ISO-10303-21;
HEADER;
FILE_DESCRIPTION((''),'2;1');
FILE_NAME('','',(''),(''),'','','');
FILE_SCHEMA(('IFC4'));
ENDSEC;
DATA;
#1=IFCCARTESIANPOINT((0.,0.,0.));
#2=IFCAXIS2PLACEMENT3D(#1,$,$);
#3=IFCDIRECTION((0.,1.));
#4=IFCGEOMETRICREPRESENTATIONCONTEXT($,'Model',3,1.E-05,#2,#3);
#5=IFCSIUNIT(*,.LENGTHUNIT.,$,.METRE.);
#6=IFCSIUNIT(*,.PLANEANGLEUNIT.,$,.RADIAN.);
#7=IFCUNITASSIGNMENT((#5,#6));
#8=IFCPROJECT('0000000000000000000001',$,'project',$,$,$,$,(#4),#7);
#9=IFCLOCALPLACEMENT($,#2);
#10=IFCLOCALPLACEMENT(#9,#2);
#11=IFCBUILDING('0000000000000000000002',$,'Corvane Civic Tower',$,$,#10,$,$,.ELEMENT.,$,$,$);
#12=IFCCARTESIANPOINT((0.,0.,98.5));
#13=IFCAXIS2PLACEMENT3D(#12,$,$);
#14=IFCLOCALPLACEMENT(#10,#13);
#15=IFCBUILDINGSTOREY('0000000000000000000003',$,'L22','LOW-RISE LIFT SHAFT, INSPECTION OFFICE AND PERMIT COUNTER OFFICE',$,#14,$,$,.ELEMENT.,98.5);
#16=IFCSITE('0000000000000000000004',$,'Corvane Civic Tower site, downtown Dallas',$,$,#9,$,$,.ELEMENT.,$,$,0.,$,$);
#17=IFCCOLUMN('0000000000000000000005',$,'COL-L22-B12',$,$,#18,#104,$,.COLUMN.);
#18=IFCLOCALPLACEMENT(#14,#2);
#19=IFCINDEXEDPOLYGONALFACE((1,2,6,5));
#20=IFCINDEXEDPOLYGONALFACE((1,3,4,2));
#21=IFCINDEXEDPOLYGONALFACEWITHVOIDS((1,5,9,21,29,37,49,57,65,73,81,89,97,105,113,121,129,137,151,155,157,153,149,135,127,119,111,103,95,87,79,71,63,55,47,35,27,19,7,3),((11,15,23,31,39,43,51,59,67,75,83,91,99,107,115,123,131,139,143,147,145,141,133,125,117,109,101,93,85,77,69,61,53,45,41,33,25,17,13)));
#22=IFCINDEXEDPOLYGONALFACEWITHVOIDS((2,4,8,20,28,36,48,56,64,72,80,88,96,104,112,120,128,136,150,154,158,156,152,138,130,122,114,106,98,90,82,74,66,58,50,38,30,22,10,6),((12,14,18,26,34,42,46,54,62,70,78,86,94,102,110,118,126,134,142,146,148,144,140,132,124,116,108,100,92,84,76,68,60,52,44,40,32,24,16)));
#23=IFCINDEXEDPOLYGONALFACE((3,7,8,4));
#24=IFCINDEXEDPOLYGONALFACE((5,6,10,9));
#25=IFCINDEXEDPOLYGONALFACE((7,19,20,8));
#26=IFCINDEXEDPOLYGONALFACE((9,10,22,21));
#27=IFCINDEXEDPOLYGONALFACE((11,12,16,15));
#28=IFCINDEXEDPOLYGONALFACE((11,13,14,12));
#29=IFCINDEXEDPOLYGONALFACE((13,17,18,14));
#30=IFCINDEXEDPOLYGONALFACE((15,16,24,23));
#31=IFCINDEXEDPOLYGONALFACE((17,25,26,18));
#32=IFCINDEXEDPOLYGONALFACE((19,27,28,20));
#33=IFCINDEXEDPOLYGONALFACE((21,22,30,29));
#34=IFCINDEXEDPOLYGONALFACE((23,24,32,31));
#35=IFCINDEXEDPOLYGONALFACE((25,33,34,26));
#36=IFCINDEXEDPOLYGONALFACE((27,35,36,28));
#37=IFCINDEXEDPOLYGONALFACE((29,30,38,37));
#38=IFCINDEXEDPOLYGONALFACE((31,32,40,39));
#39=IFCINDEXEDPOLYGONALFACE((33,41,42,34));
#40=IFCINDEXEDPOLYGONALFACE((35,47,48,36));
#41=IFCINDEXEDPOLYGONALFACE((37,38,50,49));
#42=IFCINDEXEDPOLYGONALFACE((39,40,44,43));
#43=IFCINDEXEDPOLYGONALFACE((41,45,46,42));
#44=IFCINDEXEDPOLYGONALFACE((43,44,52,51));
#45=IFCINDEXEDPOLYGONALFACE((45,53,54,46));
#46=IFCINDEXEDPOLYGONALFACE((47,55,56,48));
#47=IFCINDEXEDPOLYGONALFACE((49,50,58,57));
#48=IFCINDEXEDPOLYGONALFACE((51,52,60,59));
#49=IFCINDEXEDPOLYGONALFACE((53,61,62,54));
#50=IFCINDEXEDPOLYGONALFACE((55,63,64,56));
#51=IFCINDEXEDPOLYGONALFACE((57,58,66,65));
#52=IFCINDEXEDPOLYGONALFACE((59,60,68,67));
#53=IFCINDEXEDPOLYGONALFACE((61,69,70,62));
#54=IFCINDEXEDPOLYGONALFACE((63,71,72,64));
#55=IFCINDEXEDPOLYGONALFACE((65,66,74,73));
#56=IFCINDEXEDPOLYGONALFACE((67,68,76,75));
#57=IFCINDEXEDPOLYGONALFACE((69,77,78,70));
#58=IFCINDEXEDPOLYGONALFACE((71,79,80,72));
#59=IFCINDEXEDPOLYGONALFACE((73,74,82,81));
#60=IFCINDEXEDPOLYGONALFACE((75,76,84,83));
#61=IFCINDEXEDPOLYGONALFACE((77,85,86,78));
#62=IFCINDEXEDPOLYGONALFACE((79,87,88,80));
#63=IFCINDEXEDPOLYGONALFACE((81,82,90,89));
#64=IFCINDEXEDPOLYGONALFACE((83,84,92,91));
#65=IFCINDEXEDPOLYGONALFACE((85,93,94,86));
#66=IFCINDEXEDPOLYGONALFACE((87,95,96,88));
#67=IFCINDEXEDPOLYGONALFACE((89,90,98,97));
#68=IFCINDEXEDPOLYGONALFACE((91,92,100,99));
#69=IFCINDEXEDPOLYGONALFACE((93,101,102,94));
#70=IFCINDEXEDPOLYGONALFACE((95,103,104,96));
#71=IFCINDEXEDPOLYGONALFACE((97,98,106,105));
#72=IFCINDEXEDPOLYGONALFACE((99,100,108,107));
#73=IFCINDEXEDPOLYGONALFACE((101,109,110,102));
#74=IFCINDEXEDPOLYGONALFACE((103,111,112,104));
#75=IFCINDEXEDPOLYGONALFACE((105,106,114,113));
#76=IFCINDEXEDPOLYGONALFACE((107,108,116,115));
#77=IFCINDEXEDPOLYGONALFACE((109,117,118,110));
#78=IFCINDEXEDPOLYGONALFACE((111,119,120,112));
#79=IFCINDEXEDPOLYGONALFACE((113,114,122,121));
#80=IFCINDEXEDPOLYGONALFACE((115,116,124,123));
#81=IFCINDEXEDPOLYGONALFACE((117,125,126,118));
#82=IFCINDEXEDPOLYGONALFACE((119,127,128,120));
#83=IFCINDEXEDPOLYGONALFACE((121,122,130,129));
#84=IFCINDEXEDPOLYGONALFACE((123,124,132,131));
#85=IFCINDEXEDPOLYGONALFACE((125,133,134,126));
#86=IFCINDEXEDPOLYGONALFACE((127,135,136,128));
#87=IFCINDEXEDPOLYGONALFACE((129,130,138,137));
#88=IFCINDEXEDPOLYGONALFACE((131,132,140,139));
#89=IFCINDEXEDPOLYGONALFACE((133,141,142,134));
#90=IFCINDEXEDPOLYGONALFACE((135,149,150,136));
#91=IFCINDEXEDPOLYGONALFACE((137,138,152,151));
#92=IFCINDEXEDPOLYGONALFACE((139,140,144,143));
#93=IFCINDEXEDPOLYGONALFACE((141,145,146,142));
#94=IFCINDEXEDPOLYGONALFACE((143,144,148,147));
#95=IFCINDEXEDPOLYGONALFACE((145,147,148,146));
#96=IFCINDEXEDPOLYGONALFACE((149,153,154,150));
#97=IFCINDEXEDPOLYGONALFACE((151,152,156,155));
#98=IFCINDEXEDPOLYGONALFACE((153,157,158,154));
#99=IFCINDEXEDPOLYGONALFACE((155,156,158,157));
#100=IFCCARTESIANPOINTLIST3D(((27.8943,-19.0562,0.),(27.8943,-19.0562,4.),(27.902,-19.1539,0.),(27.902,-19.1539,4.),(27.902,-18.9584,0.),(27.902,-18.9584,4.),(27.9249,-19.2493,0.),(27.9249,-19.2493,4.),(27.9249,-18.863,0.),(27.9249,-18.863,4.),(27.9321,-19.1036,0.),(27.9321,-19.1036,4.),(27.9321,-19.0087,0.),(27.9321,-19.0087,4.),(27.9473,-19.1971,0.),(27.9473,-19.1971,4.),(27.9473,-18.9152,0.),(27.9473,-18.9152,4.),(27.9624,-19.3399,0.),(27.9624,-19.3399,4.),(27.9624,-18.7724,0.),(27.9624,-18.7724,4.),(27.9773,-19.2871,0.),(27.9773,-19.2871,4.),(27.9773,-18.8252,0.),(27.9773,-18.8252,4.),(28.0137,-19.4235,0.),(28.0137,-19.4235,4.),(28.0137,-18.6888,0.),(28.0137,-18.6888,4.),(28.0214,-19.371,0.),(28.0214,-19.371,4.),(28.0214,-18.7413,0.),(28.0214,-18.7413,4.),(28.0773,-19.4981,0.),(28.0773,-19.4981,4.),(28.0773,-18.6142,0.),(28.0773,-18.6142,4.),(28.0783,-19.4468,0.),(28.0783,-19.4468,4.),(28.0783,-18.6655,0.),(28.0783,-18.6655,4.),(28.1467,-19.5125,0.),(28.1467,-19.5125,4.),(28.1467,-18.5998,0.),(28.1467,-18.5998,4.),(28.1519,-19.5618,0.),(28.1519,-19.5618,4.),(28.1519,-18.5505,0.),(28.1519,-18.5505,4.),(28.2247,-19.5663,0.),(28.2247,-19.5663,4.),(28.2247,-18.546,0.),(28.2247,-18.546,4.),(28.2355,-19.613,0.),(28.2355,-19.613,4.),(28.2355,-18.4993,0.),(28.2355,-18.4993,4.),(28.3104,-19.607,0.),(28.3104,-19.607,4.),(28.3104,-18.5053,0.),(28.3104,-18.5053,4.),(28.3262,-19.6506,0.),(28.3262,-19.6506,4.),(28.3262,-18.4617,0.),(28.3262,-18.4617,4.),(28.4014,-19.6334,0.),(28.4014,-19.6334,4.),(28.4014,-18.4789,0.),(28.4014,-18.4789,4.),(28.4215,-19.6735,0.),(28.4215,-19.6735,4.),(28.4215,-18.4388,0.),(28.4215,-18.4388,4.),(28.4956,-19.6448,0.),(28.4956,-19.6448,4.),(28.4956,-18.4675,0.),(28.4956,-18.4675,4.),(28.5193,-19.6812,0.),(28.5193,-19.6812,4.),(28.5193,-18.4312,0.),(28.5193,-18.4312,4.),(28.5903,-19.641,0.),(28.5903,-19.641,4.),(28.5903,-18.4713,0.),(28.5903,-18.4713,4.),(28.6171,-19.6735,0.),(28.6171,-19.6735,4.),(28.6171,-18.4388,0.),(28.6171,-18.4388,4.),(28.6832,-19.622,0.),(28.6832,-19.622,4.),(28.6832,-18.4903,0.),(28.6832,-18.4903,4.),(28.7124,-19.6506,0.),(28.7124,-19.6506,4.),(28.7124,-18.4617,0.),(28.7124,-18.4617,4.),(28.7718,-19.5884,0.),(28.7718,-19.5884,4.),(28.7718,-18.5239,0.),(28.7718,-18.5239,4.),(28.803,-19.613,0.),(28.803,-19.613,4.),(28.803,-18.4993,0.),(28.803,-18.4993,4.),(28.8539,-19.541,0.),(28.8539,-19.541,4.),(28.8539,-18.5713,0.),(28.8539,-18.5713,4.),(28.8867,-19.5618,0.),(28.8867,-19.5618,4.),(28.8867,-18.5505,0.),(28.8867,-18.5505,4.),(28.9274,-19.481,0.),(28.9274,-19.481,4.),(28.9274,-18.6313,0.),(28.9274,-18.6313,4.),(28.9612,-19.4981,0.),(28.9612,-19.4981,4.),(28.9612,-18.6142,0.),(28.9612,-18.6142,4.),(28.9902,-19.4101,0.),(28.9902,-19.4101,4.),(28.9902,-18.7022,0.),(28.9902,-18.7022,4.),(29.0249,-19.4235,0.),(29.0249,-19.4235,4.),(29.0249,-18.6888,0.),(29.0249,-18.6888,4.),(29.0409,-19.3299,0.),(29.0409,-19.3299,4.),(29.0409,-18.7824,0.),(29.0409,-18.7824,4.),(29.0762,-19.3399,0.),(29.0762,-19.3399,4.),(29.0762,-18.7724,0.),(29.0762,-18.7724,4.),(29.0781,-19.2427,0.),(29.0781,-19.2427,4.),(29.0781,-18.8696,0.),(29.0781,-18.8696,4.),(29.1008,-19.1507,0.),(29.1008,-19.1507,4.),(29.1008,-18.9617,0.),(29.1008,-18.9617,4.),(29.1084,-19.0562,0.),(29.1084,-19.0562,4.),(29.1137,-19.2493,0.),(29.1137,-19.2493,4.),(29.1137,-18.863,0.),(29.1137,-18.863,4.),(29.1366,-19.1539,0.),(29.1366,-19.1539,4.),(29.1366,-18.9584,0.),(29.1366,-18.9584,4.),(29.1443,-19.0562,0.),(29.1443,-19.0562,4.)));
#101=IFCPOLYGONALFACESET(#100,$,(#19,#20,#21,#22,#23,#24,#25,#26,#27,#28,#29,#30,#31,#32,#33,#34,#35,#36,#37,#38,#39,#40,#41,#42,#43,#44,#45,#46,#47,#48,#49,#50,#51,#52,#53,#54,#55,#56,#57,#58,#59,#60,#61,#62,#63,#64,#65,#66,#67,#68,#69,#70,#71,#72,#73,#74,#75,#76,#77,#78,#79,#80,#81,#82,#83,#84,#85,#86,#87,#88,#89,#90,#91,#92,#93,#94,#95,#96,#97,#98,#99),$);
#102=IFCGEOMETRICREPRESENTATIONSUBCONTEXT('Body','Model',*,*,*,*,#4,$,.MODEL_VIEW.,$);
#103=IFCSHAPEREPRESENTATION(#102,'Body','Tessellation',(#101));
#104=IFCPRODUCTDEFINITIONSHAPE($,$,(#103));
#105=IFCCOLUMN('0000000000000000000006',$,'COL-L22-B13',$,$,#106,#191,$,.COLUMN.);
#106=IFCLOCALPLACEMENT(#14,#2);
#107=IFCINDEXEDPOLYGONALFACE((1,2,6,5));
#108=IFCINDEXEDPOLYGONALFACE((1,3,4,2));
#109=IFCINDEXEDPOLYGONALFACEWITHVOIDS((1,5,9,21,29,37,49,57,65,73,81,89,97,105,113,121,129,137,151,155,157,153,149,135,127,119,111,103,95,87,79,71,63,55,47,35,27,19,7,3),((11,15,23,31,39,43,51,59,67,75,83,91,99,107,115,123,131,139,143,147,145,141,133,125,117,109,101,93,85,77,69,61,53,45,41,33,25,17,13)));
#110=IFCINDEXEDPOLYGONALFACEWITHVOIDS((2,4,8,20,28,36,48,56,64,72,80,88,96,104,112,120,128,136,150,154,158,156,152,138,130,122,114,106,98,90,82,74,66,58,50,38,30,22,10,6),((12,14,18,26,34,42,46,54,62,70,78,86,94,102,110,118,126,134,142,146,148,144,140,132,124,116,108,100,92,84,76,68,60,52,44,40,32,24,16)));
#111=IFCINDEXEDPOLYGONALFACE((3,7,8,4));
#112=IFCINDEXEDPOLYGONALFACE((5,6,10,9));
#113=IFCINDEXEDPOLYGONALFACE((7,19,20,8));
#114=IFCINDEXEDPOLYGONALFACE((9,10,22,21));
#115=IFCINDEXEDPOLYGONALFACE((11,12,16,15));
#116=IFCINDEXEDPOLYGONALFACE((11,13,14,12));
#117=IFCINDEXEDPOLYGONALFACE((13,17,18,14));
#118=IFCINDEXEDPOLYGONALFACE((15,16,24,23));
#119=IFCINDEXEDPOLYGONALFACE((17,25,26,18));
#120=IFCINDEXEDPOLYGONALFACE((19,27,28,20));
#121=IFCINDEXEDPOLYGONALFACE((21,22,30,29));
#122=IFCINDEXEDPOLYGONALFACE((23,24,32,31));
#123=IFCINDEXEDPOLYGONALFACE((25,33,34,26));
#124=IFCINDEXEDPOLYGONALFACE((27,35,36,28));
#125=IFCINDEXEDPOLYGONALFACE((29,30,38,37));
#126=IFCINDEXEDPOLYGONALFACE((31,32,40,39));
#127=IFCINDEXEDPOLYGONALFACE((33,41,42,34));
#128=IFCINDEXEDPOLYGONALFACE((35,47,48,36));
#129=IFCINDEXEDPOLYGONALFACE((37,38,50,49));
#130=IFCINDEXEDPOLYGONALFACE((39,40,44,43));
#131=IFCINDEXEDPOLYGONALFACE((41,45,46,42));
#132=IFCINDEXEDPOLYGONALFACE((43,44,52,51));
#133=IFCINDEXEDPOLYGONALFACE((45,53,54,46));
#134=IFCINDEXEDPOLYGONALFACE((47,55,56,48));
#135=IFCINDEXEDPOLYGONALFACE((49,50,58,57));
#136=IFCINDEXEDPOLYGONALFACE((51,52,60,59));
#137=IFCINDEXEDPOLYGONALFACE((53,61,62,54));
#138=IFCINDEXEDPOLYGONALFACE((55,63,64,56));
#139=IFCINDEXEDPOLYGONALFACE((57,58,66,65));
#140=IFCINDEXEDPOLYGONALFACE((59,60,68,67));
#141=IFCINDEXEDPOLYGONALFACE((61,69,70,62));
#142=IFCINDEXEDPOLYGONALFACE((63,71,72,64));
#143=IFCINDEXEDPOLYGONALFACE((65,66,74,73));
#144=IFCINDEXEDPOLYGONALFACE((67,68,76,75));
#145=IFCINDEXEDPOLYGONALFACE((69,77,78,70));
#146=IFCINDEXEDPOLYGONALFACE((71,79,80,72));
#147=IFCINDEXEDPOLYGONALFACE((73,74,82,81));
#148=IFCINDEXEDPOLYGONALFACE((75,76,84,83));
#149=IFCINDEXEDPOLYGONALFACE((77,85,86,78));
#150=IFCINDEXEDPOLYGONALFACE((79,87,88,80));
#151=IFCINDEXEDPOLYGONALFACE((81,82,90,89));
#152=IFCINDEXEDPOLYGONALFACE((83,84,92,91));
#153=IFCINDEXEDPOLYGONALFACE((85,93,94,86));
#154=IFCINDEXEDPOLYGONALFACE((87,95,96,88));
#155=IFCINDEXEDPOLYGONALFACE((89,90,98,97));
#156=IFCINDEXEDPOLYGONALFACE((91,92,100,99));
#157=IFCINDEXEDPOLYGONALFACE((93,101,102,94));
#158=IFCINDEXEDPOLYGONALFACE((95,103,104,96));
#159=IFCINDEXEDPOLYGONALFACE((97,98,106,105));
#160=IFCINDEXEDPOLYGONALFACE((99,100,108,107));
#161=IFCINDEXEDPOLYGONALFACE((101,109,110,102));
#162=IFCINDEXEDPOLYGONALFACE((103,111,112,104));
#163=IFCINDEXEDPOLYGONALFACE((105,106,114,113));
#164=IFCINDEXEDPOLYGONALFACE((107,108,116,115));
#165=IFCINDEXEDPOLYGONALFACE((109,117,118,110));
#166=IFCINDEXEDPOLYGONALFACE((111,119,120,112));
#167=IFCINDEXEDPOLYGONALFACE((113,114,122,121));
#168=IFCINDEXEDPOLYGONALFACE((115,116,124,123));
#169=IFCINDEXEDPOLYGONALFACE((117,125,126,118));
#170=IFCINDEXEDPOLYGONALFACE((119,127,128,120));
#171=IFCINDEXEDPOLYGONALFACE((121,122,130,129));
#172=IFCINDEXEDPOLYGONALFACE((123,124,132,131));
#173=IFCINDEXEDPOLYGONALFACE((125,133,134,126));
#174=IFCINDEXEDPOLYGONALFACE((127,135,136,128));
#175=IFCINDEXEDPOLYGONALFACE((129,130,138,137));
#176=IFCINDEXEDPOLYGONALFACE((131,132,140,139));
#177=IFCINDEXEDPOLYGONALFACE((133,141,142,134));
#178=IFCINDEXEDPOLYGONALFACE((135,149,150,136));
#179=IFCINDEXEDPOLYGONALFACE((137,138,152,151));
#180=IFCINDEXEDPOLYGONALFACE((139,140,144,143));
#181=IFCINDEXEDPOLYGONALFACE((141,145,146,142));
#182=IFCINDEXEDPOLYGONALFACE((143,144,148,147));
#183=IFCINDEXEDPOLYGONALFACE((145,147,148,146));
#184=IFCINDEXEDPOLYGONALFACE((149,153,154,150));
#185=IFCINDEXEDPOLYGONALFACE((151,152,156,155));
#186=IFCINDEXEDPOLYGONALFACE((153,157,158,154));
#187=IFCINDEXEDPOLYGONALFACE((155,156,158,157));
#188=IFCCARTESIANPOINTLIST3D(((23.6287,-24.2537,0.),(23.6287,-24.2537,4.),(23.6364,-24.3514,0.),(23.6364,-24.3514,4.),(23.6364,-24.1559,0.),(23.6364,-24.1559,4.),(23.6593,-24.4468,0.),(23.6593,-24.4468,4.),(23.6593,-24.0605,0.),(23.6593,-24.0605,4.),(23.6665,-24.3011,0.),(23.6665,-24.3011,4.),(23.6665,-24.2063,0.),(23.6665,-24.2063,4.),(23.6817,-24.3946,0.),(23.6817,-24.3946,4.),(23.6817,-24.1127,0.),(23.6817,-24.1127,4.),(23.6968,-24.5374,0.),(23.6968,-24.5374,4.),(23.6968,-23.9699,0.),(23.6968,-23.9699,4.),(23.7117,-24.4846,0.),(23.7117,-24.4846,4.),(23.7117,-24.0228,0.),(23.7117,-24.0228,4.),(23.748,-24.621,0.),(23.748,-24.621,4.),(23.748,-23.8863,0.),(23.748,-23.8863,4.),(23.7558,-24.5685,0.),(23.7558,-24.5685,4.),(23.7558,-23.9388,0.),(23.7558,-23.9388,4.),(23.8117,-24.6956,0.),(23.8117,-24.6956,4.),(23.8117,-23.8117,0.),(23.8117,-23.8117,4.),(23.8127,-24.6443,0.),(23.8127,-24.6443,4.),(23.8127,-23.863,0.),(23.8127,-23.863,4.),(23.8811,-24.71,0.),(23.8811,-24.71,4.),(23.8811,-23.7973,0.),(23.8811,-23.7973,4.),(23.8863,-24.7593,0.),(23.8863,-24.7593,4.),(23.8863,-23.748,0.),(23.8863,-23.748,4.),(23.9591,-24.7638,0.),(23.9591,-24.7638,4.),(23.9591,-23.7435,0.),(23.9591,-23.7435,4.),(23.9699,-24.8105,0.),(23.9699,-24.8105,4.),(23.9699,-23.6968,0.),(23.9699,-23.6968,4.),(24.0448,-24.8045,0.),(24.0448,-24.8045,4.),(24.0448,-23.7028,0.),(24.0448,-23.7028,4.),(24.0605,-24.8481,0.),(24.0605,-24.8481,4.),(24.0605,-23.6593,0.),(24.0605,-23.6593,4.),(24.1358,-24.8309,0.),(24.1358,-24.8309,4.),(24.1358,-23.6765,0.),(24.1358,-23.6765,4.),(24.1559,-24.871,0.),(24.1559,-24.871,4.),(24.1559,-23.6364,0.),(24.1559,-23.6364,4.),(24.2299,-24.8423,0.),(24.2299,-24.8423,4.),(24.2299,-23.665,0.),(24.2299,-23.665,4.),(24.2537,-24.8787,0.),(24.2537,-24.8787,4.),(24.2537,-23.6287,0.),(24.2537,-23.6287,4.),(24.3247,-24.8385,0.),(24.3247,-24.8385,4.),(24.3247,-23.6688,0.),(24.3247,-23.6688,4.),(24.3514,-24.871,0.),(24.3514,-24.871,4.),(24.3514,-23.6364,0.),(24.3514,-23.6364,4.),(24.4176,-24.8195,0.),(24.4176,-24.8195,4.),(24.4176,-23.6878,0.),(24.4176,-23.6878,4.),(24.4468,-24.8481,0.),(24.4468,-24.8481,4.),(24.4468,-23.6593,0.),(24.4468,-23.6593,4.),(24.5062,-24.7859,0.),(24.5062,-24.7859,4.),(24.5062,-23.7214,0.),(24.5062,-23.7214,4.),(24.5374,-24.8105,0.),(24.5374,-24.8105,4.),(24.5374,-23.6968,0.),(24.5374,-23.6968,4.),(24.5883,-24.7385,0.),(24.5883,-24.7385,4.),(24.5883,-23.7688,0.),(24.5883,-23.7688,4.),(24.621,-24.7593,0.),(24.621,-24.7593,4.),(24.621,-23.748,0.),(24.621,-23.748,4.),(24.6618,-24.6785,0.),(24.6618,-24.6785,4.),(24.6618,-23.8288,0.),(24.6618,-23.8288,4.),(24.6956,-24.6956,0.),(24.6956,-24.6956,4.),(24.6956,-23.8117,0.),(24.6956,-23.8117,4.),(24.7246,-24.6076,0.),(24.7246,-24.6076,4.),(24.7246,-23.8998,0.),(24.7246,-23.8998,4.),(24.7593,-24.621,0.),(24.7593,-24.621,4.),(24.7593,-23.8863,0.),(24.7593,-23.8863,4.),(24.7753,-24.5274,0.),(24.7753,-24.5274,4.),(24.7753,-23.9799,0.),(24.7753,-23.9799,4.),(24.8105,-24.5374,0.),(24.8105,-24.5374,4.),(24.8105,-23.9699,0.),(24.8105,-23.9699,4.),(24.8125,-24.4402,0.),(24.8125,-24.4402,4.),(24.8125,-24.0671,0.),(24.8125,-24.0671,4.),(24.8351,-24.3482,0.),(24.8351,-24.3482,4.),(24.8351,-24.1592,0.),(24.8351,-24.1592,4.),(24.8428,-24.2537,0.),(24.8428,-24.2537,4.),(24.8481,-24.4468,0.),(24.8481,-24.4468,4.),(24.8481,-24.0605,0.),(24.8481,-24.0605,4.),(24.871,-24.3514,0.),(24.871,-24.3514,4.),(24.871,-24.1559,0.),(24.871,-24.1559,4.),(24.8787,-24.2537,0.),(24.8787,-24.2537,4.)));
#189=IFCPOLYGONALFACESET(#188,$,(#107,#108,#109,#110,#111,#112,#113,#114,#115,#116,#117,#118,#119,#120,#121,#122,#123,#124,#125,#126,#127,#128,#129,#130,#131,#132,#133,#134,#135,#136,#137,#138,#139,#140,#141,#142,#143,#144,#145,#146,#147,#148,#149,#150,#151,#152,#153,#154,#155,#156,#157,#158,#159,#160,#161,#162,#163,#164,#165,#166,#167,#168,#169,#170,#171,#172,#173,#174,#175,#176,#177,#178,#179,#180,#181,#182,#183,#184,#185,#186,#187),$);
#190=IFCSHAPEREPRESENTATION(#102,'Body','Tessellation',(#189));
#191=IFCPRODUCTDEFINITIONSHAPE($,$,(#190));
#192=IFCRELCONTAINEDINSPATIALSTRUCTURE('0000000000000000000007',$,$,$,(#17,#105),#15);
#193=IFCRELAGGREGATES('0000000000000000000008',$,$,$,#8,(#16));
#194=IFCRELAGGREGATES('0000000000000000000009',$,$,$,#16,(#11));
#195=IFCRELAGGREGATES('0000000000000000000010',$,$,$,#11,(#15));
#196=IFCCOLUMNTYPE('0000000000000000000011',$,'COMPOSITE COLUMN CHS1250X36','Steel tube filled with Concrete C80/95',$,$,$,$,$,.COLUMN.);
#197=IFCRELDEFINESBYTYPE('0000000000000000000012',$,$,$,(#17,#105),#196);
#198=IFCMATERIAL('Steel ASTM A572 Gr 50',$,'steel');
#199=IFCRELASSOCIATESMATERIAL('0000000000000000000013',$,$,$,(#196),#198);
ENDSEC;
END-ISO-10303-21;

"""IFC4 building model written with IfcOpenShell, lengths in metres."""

from ifc_helpers import new_model, si_unit, direction, frame, origin, origin_2d, place, context, subcontext, project, spatial, hollow_circle, extrude, material, material_profile, profile_set, type_object, element, save


model = new_model("IFC4")

# Units and contexts
model_context = context("Model", 3, precision=1e-05, world=origin(), true_north=direction((0.0, 1.0)))
body_context = subcontext(model_context, "Body", "Model", "MODEL_VIEW")
ifc_project = project(units=[si_unit("LENGTHUNIT", "METRE"), si_unit("PLANEANGLEUNIT", "RADIAN")], contexts=[model_context])

# Site, building, storey
site_placement = place(None, origin())
site = spatial("IfcSite", under=ifc_project, at=site_placement, Name="Corvane Civic Tower site, downtown Dallas", CompositionType="ELEMENT", RefElevation=0.0)
building_placement = place(site_placement, origin())
building = spatial("IfcBuilding", under=site, at=building_placement, Name="Corvane Civic Tower", CompositionType="ELEMENT")
storey_placement = place(building_placement, frame((0.0, 0.0, 98.5)))
storey = spatial("IfcBuildingStorey", under=building, at=storey_placement, Name="L22", Description="LOW-RISE LIFT SHAFT, INSPECTION OFFICE AND PERMIT COUNTER OFFICE", CompositionType="ELEMENT", Elevation=98.5)

# Columns
ifc_material_1 = material(Name="Steel ASTM A572 Gr 50", Category="steel")
ifc_material_profile_1 = material_profile(ifc_material_1, hollow_circle(Radius=0.625, WallThickness=0.0359, at=origin_2d()), Name="CHS1250X36")
ifc_profile_set_1 = profile_set([ifc_material_profile_1], Name="Steel ASTM A572 Gr 50")
column_type = type_object("IfcColumnType", Name="COMPOSITE COLUMN CHS1250X36", Description="Steel tube filled with Concrete C80/95", PredefinedType="COLUMN", material=ifc_profile_set_1)
for number, where, z_axis, x_axis, name in (
    (1, (28.5193, -19.0562, 0.0), (0.0, 0.0, 1.0), (1.0, 0.0, 0.0), "COL-L22-B12"),
    (2, (24.2537, -24.2537, 0.0), (0.0, 0.0, 1.0), (1.0, 0.0, 0.0), "COL-L22-B13"),
):
    element("IfcColumn", number, at=place(storey_placement, frame(where, z_axis=z_axis, x_axis=x_axis)), inside=storey, type_object=column_type, Name=name, PredefinedType="COLUMN", context=body_context, shape_type="SweptSolid", body=[
        extrude(hollow_circle(Radius=0.625, WallThickness=0.0359, at=origin_2d()), origin(), (0.0, 0.0, 1.0), 4.0),
    ])

save(model, "model.ifc")
